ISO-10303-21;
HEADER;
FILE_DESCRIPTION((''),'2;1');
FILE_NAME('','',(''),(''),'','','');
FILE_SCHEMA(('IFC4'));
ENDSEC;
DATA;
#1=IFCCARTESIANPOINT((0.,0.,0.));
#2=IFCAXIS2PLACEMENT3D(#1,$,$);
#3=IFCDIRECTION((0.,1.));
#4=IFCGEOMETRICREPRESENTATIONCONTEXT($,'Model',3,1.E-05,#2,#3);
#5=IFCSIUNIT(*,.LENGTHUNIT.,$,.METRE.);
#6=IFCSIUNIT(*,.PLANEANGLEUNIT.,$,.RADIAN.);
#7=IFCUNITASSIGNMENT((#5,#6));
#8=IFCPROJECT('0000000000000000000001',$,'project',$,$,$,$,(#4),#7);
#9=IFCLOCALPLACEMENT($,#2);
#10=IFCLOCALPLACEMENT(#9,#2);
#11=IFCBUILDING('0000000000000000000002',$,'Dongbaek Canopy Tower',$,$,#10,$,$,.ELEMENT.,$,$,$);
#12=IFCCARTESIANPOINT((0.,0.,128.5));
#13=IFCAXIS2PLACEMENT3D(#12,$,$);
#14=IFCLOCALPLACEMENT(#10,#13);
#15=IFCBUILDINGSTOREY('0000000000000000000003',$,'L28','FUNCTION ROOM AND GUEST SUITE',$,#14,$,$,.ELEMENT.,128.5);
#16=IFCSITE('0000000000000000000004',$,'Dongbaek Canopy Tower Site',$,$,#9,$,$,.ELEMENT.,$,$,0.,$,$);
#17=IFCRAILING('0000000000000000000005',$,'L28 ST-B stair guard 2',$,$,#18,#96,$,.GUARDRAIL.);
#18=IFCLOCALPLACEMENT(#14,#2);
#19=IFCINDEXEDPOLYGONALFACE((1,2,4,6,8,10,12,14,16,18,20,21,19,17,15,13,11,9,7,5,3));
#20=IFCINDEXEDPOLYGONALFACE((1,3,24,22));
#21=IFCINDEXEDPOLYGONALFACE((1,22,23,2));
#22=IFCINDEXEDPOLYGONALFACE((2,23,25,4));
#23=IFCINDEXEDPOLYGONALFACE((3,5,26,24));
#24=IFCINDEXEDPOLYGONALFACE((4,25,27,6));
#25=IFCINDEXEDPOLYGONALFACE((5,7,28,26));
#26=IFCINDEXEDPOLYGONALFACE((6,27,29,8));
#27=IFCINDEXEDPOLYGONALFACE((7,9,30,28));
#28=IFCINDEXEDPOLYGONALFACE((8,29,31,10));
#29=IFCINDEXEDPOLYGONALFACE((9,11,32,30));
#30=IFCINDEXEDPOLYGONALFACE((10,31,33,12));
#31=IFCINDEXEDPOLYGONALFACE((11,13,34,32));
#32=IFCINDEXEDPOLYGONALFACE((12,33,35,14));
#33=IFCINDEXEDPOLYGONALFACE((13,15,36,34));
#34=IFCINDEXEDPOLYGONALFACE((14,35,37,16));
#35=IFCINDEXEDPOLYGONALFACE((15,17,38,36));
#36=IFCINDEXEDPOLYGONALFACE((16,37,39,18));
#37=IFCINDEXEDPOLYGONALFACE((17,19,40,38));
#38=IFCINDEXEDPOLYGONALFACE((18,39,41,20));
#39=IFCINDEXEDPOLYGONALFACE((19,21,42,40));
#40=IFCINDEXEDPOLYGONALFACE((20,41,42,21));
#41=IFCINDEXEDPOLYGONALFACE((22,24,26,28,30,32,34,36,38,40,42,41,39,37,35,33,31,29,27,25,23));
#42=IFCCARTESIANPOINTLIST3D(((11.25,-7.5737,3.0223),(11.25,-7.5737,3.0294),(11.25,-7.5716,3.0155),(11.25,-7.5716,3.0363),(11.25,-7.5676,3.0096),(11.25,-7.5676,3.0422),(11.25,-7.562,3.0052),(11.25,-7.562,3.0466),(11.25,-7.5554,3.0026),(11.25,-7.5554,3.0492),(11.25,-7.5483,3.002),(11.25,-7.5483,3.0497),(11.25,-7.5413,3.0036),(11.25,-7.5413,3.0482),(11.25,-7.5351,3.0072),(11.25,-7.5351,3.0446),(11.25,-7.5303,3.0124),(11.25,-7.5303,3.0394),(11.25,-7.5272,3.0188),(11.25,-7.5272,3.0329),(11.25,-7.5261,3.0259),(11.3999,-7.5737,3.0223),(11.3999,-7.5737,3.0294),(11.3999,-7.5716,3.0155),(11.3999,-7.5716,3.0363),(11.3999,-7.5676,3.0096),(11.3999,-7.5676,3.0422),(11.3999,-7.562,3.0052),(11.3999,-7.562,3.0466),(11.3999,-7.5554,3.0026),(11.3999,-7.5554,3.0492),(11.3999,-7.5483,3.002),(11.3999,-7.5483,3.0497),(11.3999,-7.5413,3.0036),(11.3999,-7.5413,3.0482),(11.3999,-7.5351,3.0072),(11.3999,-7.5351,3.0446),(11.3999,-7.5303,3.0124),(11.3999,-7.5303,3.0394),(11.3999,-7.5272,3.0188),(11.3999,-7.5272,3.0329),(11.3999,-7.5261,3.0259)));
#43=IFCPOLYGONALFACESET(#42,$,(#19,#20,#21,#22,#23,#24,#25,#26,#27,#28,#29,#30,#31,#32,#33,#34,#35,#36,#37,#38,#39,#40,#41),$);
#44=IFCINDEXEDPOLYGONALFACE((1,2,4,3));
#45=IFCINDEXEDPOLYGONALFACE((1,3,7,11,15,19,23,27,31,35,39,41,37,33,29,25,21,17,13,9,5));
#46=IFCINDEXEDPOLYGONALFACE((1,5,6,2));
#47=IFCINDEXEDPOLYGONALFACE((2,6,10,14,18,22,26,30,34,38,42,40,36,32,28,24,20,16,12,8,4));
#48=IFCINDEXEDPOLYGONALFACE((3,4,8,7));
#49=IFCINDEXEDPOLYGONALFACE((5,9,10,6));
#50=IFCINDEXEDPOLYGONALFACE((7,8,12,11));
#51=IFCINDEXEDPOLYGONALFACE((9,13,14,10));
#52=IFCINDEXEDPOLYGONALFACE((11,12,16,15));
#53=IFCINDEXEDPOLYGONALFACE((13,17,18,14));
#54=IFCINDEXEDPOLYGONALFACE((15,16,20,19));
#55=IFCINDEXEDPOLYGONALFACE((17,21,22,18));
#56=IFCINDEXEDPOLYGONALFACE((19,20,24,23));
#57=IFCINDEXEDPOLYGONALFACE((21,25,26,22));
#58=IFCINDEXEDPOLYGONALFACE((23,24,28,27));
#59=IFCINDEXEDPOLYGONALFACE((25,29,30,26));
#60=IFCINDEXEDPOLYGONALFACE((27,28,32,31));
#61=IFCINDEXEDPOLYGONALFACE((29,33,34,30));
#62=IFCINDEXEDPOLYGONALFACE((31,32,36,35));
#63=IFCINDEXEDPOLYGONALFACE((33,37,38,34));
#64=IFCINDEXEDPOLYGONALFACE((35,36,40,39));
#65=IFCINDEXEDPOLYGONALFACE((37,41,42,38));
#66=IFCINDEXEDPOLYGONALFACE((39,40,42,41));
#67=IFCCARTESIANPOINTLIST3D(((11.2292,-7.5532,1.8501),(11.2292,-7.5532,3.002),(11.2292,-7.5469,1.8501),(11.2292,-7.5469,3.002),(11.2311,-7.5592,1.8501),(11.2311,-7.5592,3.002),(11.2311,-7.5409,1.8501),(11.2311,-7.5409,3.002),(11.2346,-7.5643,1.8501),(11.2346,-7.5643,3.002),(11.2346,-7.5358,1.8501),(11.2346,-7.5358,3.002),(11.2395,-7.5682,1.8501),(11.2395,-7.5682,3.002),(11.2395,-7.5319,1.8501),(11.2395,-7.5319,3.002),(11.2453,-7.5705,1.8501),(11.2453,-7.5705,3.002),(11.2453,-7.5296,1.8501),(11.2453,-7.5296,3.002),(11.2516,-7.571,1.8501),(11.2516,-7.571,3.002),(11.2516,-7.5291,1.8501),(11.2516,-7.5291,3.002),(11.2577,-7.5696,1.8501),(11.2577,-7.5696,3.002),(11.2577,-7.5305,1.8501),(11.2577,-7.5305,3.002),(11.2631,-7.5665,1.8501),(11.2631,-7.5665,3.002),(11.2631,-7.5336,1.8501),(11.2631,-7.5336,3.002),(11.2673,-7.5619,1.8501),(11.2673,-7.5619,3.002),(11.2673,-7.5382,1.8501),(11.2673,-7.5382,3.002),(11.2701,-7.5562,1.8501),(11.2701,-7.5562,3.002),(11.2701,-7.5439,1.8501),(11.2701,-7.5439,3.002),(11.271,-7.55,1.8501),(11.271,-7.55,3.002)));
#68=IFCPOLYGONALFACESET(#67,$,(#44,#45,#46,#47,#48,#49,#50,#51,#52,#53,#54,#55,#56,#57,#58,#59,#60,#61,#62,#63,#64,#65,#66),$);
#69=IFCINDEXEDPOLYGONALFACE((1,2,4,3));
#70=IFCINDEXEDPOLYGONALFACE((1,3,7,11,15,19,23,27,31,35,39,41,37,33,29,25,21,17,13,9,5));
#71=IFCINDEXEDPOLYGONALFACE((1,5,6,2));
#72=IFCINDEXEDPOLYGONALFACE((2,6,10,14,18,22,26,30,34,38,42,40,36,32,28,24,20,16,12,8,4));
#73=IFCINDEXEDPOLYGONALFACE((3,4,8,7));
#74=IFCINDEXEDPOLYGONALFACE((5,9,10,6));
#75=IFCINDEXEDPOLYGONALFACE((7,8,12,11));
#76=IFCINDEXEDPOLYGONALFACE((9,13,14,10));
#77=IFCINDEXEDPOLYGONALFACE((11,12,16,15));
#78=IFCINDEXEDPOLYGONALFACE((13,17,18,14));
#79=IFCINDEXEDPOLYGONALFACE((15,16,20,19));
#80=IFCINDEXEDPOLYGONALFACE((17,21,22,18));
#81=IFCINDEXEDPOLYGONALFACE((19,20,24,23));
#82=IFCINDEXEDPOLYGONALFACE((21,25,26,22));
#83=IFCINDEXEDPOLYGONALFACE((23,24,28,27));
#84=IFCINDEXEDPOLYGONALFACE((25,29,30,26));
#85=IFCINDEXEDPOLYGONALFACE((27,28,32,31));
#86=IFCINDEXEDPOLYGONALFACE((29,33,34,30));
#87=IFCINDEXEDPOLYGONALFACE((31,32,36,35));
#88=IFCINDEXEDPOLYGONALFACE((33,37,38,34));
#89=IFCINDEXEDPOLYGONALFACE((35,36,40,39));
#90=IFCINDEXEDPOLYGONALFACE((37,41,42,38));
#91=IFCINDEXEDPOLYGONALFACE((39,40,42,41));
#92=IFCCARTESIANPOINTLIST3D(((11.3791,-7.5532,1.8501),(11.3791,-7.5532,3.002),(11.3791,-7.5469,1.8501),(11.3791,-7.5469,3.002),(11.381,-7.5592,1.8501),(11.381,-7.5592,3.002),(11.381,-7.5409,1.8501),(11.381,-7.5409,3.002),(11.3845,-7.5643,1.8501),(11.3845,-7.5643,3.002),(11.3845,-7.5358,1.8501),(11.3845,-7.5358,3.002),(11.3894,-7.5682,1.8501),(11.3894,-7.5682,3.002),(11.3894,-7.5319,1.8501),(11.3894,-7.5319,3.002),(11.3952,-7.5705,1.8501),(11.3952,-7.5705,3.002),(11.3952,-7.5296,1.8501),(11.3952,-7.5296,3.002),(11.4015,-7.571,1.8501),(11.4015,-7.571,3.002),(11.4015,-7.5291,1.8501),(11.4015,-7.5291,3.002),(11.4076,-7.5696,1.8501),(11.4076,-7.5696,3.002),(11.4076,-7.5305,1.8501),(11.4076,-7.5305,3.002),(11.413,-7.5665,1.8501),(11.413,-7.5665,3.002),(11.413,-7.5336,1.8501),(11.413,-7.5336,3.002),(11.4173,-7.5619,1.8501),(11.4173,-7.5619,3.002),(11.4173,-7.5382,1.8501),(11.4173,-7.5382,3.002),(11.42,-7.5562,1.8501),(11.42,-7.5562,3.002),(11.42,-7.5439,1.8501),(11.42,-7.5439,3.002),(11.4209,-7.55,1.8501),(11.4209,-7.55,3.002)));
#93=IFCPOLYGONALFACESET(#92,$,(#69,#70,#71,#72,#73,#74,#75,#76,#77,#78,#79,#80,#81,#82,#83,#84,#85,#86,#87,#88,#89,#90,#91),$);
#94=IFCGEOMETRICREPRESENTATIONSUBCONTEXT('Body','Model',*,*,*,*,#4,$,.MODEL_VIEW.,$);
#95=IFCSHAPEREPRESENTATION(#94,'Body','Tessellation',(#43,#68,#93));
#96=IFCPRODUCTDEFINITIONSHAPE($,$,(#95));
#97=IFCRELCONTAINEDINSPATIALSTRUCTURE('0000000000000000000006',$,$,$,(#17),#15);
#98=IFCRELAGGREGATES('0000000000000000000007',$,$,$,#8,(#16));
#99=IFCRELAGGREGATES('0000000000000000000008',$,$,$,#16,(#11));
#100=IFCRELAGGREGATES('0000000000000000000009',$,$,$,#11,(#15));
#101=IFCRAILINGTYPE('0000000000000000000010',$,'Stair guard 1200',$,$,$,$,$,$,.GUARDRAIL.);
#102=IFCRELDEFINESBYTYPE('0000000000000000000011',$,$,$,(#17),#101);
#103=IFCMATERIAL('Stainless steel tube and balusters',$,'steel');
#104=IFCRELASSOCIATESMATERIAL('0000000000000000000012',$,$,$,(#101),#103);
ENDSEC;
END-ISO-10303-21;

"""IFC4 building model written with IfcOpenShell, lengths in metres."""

from ifc_helpers import new_model, si_unit, direction, frame, origin, origin_2d, place, context, subcontext, project, spatial, circle, extrude, material, type_object, element, save


model = new_model("IFC4")

# Units and contexts
model_context = context("Model", 3, precision=1e-05, world=origin(), true_north=direction((0.0, 1.0)))
body_context = subcontext(model_context, "Body", "Model", "MODEL_VIEW")
ifc_project = project(units=[si_unit("LENGTHUNIT", "METRE"), si_unit("PLANEANGLEUNIT", "RADIAN")], contexts=[model_context])

# Site, building, storey
site_placement = place(None, origin())
site = spatial("IfcSite", under=ifc_project, at=site_placement, Name="Dongbaek Canopy Tower Site", CompositionType="ELEMENT", RefElevation=0.0)
building_placement = place(site_placement, origin())
building = spatial("IfcBuilding", under=site, at=building_placement, Name="Dongbaek Canopy Tower", CompositionType="ELEMENT")
storey_placement = place(building_placement, frame((0.0, 0.0, 128.5)))
storey = spatial("IfcBuildingStorey", under=building, at=storey_placement, Name="L28", Description="FUNCTION ROOM AND GUEST SUITE", CompositionType="ELEMENT", Elevation=128.5)

# Railing
ifc_material_1 = material(Name="Stainless steel tube and balusters", Category="steel")
railing_type_1 = type_object("IfcRailingType", Name="Stair guard 1200", PredefinedType="GUARDRAIL", material=ifc_material_1)
railing_1_placement = place(storey_placement, frame((11.25, -7.55, 1.8501)))
element("IfcRailing", 1, at=railing_1_placement, inside=storey, type_object=railing_type_1, Name="L28 ST-B stair guard 2", PredefinedType="GUARDRAIL", context=body_context, shape_type="SweptSolid", body=[
    extrude(circle(Radius=0.0239, at=origin_2d()), frame((0.0, 0.0, 1.1758), z_axis=(1.0, 0.0, 0.0), x_axis=(0.0, 1.0, 0.0)), (0.0, 0.0, 1.0), 0.1499),
    extrude(circle(Radius=0.021, at=origin_2d()), origin(), (0.0, 0.0, 1.0), 1.1519),
    extrude(circle(Radius=0.021, at=origin_2d()), frame((0.1499, 0.0, 0.0)), (0.0, 0.0, 1.0), 1.1519),
])

save(model, "model.ifc")
